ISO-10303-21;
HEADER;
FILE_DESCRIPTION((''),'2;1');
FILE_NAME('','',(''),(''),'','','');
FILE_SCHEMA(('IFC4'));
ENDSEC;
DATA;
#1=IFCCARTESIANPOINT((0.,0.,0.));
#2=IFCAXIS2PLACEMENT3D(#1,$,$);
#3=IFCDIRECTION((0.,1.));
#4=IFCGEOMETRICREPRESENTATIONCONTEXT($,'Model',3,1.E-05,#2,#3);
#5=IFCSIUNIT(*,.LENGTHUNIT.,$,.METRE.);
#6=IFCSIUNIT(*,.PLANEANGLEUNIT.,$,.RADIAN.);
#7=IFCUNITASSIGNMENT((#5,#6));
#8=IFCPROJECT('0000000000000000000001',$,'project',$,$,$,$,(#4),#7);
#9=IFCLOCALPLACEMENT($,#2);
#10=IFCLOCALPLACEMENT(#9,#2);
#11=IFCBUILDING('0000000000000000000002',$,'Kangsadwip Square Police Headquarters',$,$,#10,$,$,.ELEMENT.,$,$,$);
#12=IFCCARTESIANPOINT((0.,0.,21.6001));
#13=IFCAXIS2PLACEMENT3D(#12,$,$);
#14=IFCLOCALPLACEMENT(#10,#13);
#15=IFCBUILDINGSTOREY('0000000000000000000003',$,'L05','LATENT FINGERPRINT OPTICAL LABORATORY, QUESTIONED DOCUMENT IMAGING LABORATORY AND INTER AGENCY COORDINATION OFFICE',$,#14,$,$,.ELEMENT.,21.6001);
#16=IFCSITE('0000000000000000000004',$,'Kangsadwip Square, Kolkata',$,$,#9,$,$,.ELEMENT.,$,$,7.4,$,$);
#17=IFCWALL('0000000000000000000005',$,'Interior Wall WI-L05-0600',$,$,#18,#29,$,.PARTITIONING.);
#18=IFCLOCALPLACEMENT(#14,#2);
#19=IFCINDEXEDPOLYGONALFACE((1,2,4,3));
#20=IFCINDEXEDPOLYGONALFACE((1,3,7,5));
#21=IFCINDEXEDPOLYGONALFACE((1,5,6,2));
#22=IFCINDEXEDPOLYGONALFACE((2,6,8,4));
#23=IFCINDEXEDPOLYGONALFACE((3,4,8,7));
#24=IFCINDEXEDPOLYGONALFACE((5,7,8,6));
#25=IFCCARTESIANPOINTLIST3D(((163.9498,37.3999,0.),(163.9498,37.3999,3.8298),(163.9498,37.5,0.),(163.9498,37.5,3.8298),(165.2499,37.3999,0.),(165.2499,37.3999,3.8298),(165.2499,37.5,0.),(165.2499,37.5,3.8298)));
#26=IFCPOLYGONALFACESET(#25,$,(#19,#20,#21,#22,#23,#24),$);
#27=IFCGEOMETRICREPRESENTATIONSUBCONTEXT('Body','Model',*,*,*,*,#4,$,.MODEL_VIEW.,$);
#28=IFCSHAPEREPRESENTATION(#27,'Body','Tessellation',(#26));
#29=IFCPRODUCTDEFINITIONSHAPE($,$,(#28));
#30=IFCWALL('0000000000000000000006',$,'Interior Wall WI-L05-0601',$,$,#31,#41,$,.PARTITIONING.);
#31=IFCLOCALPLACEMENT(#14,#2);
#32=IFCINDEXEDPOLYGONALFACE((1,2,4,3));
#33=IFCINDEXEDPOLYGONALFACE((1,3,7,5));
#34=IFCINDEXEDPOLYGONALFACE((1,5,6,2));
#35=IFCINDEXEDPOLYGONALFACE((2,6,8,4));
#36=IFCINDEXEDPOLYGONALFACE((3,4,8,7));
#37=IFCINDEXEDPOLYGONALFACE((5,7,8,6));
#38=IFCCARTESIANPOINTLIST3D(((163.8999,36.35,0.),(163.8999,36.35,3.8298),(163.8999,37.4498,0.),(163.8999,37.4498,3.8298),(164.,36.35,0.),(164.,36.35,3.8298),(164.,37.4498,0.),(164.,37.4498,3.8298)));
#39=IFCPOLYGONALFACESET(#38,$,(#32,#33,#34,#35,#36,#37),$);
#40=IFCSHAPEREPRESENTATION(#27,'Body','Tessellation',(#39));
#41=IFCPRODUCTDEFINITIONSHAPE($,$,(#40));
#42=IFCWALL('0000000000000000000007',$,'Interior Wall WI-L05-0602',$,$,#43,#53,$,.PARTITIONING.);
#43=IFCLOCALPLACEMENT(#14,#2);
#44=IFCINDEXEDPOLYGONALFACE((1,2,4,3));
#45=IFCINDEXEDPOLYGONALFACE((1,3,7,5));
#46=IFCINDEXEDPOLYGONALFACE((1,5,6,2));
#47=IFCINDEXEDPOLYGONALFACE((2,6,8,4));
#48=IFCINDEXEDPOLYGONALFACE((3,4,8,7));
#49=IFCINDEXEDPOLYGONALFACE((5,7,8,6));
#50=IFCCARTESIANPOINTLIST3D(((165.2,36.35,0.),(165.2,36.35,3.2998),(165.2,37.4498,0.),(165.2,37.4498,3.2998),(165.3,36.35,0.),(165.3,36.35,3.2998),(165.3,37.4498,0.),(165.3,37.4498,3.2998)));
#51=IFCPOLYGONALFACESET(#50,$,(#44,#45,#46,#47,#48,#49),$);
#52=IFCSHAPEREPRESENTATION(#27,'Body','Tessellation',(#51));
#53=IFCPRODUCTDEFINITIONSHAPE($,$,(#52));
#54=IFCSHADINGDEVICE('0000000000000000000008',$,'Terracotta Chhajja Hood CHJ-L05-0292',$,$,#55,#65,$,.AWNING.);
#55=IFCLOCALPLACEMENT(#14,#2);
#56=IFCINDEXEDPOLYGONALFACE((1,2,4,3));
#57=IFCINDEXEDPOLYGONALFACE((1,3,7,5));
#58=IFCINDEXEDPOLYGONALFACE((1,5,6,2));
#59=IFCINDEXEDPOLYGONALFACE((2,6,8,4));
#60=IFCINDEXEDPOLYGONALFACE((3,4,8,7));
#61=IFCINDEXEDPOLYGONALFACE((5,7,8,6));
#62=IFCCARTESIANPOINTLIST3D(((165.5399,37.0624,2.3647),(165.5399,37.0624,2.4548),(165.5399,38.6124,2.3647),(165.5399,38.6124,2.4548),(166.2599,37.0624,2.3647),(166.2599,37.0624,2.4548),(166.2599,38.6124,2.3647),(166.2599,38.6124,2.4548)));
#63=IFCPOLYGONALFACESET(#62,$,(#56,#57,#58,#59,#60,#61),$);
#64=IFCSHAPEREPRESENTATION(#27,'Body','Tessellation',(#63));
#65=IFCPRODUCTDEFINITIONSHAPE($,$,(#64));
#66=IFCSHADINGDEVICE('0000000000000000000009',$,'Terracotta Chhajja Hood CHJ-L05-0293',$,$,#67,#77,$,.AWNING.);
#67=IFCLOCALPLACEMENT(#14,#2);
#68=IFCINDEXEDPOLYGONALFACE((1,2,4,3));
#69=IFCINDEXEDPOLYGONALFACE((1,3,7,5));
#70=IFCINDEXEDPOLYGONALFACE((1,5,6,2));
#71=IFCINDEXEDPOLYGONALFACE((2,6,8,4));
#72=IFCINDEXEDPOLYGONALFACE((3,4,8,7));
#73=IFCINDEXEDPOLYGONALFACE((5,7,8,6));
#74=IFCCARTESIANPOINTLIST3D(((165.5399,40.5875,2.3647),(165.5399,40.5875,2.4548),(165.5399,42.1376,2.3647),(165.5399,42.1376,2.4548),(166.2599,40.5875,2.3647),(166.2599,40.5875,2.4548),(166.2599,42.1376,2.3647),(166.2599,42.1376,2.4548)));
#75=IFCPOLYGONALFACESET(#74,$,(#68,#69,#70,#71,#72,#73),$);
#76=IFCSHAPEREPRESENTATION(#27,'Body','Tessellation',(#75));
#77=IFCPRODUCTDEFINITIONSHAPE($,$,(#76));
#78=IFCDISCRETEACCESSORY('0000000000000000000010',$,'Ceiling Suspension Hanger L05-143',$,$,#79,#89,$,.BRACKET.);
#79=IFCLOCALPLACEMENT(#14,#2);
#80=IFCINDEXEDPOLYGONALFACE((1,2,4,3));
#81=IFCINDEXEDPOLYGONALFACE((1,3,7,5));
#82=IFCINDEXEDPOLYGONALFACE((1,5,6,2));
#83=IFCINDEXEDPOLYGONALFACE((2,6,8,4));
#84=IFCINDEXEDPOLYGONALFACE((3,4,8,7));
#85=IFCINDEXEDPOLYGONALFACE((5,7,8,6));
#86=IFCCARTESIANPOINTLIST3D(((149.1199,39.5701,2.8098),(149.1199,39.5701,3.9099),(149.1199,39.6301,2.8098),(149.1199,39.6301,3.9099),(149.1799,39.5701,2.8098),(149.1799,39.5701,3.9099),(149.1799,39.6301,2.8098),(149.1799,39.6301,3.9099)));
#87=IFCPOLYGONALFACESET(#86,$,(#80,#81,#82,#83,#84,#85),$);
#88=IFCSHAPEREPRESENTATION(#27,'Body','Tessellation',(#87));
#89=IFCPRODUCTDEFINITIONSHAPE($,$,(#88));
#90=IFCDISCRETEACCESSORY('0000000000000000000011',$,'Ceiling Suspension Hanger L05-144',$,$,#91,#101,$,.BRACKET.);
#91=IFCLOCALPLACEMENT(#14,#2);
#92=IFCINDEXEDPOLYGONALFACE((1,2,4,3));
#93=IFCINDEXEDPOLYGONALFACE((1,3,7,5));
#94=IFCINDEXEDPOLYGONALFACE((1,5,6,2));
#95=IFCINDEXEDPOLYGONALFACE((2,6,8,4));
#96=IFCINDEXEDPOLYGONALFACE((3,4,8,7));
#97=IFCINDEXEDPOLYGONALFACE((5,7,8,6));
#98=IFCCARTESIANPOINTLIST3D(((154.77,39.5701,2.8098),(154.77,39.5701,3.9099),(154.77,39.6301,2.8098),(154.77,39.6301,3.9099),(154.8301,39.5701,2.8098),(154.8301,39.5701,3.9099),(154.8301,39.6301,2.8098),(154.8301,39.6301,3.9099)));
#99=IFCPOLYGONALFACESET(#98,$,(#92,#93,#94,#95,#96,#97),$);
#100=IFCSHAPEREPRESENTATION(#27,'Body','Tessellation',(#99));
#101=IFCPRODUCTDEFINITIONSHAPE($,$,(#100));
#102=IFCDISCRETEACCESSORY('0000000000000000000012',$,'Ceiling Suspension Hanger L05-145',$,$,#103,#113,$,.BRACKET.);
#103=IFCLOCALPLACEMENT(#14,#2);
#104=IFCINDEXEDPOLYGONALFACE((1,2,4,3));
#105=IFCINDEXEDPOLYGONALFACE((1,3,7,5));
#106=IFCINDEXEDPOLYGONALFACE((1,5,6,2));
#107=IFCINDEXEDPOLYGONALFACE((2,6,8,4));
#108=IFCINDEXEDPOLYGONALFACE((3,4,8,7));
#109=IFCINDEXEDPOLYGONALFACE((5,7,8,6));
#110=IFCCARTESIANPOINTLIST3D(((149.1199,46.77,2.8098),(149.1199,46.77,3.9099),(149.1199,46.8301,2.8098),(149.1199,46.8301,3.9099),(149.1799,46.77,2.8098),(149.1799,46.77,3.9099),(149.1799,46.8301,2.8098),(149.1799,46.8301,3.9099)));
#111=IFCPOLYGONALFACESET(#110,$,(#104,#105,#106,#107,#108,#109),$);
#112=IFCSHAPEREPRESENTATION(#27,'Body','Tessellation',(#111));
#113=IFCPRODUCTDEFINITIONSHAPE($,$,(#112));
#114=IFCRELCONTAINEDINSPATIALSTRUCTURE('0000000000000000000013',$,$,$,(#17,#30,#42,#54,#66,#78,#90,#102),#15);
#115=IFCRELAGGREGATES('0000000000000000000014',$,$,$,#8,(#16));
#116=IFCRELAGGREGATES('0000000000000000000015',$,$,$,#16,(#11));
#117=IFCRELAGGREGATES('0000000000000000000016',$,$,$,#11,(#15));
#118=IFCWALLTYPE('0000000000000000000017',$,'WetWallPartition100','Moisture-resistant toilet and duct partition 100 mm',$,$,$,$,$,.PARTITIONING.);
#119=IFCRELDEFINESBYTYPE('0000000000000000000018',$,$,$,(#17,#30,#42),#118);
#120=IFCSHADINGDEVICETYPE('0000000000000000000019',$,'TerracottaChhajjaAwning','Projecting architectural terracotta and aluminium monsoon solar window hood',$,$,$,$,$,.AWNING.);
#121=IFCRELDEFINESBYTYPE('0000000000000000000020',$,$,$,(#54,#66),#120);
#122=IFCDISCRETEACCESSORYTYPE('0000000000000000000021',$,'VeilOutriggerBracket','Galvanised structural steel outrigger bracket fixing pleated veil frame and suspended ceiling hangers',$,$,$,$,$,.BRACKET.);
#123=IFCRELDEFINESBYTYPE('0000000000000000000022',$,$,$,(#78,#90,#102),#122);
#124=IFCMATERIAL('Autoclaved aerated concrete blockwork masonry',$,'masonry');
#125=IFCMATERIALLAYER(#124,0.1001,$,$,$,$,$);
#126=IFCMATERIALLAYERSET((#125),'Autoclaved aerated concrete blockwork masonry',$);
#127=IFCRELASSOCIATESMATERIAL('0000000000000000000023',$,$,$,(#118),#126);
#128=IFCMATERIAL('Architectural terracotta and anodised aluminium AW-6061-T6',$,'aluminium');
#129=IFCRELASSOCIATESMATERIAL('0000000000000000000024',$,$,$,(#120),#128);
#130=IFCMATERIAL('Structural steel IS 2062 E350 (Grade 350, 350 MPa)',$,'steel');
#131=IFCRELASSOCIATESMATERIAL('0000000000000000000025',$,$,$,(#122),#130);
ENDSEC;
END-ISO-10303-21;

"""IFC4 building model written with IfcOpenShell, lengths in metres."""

from ifc_helpers import new_model, si_unit, direction, frame, frame_2d, origin, origin_2d, place, context, subcontext, project, spatial, rectangle, extrude, material, layer, layer_set, type_object, element, save


model = new_model("IFC4")

# Units and contexts
model_context = context("Model", 3, precision=1e-05, world=origin(), true_north=direction((0.0, 1.0)))
body_context = subcontext(model_context, "Body", "Model", "MODEL_VIEW")
ifc_project = project(units=[si_unit("LENGTHUNIT", "METRE"), si_unit("PLANEANGLEUNIT", "RADIAN")], contexts=[model_context])

# Site, building, storey
site_placement = place(None, origin())
site = spatial("IfcSite", under=ifc_project, at=site_placement, Name="Kangsadwip Square, Kolkata", CompositionType="ELEMENT", RefElevation=7.4)
building_placement = place(site_placement, origin())
building = spatial("IfcBuilding", under=site, at=building_placement, Name="Kangsadwip Square Police Headquarters", CompositionType="ELEMENT")
storey_placement = place(building_placement, frame((0.0, 0.0, 21.6001)))
storey = spatial("IfcBuildingStorey", under=building, at=storey_placement, Name="L05", Description="LATENT FINGERPRINT OPTICAL LABORATORY, QUESTIONED DOCUMENT IMAGING LABORATORY AND INTER AGENCY COORDINATION OFFICE", CompositionType="ELEMENT", Elevation=21.6001)

# Walls
ifc_material_1 = material(Name="Autoclaved aerated concrete blockwork masonry", Category="masonry")
ifc_layer_1 = layer(ifc_material_1, 0.1001)
ifc_layer_set_1 = layer_set([ifc_layer_1], Name="Autoclaved aerated concrete blockwork masonry")
wall_type_1 = type_object("IfcWallType", Name="WetWallPartition100", Description="Moisture-resistant toilet and duct partition 100 mm", PredefinedType="PARTITIONING", material=ifc_layer_set_1)
wall_1_placement = place(storey_placement, frame((163.95, 37.45, 0.0), z_axis=(0.0, 0.0, 1.0), x_axis=(1.0, 0.0, 0.0)))
element("IfcWall", 1, at=wall_1_placement, inside=storey, type_object=wall_type_1, Name="Interior Wall WI-L05-0600", PredefinedType="PARTITIONING", context=body_context, shape_type="SweptSolid", body=[
    extrude(rectangle(XDim=1.3, YDim=0.1001, at=frame_2d((0.6499, 0.0))), origin(), (0.0, 0.0, 1.0), 3.8298),
])
wall_2_placement = place(storey_placement, frame((163.95, 36.3501, 0.0), z_axis=(0.0, 0.0, 1.0), x_axis=(0.0, 1.0, 0.0)))
element("IfcWall", 2, at=wall_2_placement, inside=storey, type_object=wall_type_1, Name="Interior Wall WI-L05-0601", PredefinedType="PARTITIONING", context=body_context, shape_type="SweptSolid", body=[
    extrude(rectangle(XDim=1.0999, YDim=0.1001, at=frame_2d((0.5498, 0.0))), origin(), (0.0, 0.0, 1.0), 3.8298),
])
wall_3_placement = place(storey_placement, frame((165.25, 36.3501, 0.0), z_axis=(0.0, 0.0, 1.0), x_axis=(0.0, 1.0, 0.0)))
element("IfcWall", 3, at=wall_3_placement, inside=storey, type_object=wall_type_1, Name="Interior Wall WI-L05-0602", PredefinedType="PARTITIONING", context=body_context, shape_type="SweptSolid", body=[
    extrude(rectangle(XDim=1.0999, YDim=0.1001, at=frame_2d((0.5498, 0.0))), origin(), (0.0, 0.0, 1.0), 3.2998),
])

# Shading devices
ifc_material_2 = material(Name="Architectural terracotta and anodised aluminium AW-6061-T6", Category="aluminium")
shading_device_type = type_object("IfcShadingDeviceType", Name="TerracottaChhajjaAwning", Description="Projecting architectural terracotta and aluminium monsoon solar window hood", PredefinedType="AWNING", material=ifc_material_2)
for number, where, z_axis, x_axis, name in (
    (4, (165.8999, 37.8374, 2.3647), (0.0, 0.0, 1.0), (0.0, 1.0, 0.0), "Terracotta Chhajja Hood CHJ-L05-0292"),
    (5, (165.8999, 41.3625, 2.3647), (0.0, 0.0, 1.0), (0.0, 1.0, 0.0), "Terracotta Chhajja Hood CHJ-L05-0293"),
):
    element("IfcShadingDevice", number, at=place(storey_placement, frame(where, z_axis=z_axis, x_axis=x_axis)), inside=storey, type_object=shading_device_type, Name=name, PredefinedType="AWNING", context=body_context, shape_type="SweptSolid", body=[
        extrude(rectangle(XDim=1.55, YDim=0.72, at=origin_2d()), origin(), (0.0, 0.0, 1.0), 0.0901),
    ])

# Discrete accessories
ifc_material_3 = material(Name="Structural steel IS 2062 E350 (Grade 350, 350 MPa)", Category="steel")
discrete_accessory_type = type_object("IfcDiscreteAccessoryType", Name="VeilOutriggerBracket", Description="Galvanised structural steel outrigger bracket fixing pleated veil frame and suspended ceiling hangers", PredefinedType="BRACKET", material=ifc_material_3)
for number, where, z_axis, x_axis, name in (
    (6, (149.1499, 39.6001, 2.8098), (0.0, 0.0, 1.0), (1.0, 0.0, 0.0), "Ceiling Suspension Hanger L05-143"),
    (7, (154.8, 39.6001, 2.8098), (0.0, 0.0, 1.0), (1.0, 0.0, 0.0), "Ceiling Suspension Hanger L05-144"),
    (8, (149.1499, 46.8, 2.8098), (0.0, 0.0, 1.0), (1.0, 0.0, 0.0), "Ceiling Suspension Hanger L05-145"),
):
    element("IfcDiscreteAccessory", number, at=place(storey_placement, frame(where, z_axis=z_axis, x_axis=x_axis)), inside=storey, type_object=discrete_accessory_type, Name=name, PredefinedType="BRACKET", context=body_context, shape_type="SweptSolid", body=[
        extrude(rectangle(XDim=0.0601, YDim=0.0601, at=origin_2d()), origin(), (0.0, 0.0, 1.0), 1.1001),
    ])

save(model, "model.ifc")
